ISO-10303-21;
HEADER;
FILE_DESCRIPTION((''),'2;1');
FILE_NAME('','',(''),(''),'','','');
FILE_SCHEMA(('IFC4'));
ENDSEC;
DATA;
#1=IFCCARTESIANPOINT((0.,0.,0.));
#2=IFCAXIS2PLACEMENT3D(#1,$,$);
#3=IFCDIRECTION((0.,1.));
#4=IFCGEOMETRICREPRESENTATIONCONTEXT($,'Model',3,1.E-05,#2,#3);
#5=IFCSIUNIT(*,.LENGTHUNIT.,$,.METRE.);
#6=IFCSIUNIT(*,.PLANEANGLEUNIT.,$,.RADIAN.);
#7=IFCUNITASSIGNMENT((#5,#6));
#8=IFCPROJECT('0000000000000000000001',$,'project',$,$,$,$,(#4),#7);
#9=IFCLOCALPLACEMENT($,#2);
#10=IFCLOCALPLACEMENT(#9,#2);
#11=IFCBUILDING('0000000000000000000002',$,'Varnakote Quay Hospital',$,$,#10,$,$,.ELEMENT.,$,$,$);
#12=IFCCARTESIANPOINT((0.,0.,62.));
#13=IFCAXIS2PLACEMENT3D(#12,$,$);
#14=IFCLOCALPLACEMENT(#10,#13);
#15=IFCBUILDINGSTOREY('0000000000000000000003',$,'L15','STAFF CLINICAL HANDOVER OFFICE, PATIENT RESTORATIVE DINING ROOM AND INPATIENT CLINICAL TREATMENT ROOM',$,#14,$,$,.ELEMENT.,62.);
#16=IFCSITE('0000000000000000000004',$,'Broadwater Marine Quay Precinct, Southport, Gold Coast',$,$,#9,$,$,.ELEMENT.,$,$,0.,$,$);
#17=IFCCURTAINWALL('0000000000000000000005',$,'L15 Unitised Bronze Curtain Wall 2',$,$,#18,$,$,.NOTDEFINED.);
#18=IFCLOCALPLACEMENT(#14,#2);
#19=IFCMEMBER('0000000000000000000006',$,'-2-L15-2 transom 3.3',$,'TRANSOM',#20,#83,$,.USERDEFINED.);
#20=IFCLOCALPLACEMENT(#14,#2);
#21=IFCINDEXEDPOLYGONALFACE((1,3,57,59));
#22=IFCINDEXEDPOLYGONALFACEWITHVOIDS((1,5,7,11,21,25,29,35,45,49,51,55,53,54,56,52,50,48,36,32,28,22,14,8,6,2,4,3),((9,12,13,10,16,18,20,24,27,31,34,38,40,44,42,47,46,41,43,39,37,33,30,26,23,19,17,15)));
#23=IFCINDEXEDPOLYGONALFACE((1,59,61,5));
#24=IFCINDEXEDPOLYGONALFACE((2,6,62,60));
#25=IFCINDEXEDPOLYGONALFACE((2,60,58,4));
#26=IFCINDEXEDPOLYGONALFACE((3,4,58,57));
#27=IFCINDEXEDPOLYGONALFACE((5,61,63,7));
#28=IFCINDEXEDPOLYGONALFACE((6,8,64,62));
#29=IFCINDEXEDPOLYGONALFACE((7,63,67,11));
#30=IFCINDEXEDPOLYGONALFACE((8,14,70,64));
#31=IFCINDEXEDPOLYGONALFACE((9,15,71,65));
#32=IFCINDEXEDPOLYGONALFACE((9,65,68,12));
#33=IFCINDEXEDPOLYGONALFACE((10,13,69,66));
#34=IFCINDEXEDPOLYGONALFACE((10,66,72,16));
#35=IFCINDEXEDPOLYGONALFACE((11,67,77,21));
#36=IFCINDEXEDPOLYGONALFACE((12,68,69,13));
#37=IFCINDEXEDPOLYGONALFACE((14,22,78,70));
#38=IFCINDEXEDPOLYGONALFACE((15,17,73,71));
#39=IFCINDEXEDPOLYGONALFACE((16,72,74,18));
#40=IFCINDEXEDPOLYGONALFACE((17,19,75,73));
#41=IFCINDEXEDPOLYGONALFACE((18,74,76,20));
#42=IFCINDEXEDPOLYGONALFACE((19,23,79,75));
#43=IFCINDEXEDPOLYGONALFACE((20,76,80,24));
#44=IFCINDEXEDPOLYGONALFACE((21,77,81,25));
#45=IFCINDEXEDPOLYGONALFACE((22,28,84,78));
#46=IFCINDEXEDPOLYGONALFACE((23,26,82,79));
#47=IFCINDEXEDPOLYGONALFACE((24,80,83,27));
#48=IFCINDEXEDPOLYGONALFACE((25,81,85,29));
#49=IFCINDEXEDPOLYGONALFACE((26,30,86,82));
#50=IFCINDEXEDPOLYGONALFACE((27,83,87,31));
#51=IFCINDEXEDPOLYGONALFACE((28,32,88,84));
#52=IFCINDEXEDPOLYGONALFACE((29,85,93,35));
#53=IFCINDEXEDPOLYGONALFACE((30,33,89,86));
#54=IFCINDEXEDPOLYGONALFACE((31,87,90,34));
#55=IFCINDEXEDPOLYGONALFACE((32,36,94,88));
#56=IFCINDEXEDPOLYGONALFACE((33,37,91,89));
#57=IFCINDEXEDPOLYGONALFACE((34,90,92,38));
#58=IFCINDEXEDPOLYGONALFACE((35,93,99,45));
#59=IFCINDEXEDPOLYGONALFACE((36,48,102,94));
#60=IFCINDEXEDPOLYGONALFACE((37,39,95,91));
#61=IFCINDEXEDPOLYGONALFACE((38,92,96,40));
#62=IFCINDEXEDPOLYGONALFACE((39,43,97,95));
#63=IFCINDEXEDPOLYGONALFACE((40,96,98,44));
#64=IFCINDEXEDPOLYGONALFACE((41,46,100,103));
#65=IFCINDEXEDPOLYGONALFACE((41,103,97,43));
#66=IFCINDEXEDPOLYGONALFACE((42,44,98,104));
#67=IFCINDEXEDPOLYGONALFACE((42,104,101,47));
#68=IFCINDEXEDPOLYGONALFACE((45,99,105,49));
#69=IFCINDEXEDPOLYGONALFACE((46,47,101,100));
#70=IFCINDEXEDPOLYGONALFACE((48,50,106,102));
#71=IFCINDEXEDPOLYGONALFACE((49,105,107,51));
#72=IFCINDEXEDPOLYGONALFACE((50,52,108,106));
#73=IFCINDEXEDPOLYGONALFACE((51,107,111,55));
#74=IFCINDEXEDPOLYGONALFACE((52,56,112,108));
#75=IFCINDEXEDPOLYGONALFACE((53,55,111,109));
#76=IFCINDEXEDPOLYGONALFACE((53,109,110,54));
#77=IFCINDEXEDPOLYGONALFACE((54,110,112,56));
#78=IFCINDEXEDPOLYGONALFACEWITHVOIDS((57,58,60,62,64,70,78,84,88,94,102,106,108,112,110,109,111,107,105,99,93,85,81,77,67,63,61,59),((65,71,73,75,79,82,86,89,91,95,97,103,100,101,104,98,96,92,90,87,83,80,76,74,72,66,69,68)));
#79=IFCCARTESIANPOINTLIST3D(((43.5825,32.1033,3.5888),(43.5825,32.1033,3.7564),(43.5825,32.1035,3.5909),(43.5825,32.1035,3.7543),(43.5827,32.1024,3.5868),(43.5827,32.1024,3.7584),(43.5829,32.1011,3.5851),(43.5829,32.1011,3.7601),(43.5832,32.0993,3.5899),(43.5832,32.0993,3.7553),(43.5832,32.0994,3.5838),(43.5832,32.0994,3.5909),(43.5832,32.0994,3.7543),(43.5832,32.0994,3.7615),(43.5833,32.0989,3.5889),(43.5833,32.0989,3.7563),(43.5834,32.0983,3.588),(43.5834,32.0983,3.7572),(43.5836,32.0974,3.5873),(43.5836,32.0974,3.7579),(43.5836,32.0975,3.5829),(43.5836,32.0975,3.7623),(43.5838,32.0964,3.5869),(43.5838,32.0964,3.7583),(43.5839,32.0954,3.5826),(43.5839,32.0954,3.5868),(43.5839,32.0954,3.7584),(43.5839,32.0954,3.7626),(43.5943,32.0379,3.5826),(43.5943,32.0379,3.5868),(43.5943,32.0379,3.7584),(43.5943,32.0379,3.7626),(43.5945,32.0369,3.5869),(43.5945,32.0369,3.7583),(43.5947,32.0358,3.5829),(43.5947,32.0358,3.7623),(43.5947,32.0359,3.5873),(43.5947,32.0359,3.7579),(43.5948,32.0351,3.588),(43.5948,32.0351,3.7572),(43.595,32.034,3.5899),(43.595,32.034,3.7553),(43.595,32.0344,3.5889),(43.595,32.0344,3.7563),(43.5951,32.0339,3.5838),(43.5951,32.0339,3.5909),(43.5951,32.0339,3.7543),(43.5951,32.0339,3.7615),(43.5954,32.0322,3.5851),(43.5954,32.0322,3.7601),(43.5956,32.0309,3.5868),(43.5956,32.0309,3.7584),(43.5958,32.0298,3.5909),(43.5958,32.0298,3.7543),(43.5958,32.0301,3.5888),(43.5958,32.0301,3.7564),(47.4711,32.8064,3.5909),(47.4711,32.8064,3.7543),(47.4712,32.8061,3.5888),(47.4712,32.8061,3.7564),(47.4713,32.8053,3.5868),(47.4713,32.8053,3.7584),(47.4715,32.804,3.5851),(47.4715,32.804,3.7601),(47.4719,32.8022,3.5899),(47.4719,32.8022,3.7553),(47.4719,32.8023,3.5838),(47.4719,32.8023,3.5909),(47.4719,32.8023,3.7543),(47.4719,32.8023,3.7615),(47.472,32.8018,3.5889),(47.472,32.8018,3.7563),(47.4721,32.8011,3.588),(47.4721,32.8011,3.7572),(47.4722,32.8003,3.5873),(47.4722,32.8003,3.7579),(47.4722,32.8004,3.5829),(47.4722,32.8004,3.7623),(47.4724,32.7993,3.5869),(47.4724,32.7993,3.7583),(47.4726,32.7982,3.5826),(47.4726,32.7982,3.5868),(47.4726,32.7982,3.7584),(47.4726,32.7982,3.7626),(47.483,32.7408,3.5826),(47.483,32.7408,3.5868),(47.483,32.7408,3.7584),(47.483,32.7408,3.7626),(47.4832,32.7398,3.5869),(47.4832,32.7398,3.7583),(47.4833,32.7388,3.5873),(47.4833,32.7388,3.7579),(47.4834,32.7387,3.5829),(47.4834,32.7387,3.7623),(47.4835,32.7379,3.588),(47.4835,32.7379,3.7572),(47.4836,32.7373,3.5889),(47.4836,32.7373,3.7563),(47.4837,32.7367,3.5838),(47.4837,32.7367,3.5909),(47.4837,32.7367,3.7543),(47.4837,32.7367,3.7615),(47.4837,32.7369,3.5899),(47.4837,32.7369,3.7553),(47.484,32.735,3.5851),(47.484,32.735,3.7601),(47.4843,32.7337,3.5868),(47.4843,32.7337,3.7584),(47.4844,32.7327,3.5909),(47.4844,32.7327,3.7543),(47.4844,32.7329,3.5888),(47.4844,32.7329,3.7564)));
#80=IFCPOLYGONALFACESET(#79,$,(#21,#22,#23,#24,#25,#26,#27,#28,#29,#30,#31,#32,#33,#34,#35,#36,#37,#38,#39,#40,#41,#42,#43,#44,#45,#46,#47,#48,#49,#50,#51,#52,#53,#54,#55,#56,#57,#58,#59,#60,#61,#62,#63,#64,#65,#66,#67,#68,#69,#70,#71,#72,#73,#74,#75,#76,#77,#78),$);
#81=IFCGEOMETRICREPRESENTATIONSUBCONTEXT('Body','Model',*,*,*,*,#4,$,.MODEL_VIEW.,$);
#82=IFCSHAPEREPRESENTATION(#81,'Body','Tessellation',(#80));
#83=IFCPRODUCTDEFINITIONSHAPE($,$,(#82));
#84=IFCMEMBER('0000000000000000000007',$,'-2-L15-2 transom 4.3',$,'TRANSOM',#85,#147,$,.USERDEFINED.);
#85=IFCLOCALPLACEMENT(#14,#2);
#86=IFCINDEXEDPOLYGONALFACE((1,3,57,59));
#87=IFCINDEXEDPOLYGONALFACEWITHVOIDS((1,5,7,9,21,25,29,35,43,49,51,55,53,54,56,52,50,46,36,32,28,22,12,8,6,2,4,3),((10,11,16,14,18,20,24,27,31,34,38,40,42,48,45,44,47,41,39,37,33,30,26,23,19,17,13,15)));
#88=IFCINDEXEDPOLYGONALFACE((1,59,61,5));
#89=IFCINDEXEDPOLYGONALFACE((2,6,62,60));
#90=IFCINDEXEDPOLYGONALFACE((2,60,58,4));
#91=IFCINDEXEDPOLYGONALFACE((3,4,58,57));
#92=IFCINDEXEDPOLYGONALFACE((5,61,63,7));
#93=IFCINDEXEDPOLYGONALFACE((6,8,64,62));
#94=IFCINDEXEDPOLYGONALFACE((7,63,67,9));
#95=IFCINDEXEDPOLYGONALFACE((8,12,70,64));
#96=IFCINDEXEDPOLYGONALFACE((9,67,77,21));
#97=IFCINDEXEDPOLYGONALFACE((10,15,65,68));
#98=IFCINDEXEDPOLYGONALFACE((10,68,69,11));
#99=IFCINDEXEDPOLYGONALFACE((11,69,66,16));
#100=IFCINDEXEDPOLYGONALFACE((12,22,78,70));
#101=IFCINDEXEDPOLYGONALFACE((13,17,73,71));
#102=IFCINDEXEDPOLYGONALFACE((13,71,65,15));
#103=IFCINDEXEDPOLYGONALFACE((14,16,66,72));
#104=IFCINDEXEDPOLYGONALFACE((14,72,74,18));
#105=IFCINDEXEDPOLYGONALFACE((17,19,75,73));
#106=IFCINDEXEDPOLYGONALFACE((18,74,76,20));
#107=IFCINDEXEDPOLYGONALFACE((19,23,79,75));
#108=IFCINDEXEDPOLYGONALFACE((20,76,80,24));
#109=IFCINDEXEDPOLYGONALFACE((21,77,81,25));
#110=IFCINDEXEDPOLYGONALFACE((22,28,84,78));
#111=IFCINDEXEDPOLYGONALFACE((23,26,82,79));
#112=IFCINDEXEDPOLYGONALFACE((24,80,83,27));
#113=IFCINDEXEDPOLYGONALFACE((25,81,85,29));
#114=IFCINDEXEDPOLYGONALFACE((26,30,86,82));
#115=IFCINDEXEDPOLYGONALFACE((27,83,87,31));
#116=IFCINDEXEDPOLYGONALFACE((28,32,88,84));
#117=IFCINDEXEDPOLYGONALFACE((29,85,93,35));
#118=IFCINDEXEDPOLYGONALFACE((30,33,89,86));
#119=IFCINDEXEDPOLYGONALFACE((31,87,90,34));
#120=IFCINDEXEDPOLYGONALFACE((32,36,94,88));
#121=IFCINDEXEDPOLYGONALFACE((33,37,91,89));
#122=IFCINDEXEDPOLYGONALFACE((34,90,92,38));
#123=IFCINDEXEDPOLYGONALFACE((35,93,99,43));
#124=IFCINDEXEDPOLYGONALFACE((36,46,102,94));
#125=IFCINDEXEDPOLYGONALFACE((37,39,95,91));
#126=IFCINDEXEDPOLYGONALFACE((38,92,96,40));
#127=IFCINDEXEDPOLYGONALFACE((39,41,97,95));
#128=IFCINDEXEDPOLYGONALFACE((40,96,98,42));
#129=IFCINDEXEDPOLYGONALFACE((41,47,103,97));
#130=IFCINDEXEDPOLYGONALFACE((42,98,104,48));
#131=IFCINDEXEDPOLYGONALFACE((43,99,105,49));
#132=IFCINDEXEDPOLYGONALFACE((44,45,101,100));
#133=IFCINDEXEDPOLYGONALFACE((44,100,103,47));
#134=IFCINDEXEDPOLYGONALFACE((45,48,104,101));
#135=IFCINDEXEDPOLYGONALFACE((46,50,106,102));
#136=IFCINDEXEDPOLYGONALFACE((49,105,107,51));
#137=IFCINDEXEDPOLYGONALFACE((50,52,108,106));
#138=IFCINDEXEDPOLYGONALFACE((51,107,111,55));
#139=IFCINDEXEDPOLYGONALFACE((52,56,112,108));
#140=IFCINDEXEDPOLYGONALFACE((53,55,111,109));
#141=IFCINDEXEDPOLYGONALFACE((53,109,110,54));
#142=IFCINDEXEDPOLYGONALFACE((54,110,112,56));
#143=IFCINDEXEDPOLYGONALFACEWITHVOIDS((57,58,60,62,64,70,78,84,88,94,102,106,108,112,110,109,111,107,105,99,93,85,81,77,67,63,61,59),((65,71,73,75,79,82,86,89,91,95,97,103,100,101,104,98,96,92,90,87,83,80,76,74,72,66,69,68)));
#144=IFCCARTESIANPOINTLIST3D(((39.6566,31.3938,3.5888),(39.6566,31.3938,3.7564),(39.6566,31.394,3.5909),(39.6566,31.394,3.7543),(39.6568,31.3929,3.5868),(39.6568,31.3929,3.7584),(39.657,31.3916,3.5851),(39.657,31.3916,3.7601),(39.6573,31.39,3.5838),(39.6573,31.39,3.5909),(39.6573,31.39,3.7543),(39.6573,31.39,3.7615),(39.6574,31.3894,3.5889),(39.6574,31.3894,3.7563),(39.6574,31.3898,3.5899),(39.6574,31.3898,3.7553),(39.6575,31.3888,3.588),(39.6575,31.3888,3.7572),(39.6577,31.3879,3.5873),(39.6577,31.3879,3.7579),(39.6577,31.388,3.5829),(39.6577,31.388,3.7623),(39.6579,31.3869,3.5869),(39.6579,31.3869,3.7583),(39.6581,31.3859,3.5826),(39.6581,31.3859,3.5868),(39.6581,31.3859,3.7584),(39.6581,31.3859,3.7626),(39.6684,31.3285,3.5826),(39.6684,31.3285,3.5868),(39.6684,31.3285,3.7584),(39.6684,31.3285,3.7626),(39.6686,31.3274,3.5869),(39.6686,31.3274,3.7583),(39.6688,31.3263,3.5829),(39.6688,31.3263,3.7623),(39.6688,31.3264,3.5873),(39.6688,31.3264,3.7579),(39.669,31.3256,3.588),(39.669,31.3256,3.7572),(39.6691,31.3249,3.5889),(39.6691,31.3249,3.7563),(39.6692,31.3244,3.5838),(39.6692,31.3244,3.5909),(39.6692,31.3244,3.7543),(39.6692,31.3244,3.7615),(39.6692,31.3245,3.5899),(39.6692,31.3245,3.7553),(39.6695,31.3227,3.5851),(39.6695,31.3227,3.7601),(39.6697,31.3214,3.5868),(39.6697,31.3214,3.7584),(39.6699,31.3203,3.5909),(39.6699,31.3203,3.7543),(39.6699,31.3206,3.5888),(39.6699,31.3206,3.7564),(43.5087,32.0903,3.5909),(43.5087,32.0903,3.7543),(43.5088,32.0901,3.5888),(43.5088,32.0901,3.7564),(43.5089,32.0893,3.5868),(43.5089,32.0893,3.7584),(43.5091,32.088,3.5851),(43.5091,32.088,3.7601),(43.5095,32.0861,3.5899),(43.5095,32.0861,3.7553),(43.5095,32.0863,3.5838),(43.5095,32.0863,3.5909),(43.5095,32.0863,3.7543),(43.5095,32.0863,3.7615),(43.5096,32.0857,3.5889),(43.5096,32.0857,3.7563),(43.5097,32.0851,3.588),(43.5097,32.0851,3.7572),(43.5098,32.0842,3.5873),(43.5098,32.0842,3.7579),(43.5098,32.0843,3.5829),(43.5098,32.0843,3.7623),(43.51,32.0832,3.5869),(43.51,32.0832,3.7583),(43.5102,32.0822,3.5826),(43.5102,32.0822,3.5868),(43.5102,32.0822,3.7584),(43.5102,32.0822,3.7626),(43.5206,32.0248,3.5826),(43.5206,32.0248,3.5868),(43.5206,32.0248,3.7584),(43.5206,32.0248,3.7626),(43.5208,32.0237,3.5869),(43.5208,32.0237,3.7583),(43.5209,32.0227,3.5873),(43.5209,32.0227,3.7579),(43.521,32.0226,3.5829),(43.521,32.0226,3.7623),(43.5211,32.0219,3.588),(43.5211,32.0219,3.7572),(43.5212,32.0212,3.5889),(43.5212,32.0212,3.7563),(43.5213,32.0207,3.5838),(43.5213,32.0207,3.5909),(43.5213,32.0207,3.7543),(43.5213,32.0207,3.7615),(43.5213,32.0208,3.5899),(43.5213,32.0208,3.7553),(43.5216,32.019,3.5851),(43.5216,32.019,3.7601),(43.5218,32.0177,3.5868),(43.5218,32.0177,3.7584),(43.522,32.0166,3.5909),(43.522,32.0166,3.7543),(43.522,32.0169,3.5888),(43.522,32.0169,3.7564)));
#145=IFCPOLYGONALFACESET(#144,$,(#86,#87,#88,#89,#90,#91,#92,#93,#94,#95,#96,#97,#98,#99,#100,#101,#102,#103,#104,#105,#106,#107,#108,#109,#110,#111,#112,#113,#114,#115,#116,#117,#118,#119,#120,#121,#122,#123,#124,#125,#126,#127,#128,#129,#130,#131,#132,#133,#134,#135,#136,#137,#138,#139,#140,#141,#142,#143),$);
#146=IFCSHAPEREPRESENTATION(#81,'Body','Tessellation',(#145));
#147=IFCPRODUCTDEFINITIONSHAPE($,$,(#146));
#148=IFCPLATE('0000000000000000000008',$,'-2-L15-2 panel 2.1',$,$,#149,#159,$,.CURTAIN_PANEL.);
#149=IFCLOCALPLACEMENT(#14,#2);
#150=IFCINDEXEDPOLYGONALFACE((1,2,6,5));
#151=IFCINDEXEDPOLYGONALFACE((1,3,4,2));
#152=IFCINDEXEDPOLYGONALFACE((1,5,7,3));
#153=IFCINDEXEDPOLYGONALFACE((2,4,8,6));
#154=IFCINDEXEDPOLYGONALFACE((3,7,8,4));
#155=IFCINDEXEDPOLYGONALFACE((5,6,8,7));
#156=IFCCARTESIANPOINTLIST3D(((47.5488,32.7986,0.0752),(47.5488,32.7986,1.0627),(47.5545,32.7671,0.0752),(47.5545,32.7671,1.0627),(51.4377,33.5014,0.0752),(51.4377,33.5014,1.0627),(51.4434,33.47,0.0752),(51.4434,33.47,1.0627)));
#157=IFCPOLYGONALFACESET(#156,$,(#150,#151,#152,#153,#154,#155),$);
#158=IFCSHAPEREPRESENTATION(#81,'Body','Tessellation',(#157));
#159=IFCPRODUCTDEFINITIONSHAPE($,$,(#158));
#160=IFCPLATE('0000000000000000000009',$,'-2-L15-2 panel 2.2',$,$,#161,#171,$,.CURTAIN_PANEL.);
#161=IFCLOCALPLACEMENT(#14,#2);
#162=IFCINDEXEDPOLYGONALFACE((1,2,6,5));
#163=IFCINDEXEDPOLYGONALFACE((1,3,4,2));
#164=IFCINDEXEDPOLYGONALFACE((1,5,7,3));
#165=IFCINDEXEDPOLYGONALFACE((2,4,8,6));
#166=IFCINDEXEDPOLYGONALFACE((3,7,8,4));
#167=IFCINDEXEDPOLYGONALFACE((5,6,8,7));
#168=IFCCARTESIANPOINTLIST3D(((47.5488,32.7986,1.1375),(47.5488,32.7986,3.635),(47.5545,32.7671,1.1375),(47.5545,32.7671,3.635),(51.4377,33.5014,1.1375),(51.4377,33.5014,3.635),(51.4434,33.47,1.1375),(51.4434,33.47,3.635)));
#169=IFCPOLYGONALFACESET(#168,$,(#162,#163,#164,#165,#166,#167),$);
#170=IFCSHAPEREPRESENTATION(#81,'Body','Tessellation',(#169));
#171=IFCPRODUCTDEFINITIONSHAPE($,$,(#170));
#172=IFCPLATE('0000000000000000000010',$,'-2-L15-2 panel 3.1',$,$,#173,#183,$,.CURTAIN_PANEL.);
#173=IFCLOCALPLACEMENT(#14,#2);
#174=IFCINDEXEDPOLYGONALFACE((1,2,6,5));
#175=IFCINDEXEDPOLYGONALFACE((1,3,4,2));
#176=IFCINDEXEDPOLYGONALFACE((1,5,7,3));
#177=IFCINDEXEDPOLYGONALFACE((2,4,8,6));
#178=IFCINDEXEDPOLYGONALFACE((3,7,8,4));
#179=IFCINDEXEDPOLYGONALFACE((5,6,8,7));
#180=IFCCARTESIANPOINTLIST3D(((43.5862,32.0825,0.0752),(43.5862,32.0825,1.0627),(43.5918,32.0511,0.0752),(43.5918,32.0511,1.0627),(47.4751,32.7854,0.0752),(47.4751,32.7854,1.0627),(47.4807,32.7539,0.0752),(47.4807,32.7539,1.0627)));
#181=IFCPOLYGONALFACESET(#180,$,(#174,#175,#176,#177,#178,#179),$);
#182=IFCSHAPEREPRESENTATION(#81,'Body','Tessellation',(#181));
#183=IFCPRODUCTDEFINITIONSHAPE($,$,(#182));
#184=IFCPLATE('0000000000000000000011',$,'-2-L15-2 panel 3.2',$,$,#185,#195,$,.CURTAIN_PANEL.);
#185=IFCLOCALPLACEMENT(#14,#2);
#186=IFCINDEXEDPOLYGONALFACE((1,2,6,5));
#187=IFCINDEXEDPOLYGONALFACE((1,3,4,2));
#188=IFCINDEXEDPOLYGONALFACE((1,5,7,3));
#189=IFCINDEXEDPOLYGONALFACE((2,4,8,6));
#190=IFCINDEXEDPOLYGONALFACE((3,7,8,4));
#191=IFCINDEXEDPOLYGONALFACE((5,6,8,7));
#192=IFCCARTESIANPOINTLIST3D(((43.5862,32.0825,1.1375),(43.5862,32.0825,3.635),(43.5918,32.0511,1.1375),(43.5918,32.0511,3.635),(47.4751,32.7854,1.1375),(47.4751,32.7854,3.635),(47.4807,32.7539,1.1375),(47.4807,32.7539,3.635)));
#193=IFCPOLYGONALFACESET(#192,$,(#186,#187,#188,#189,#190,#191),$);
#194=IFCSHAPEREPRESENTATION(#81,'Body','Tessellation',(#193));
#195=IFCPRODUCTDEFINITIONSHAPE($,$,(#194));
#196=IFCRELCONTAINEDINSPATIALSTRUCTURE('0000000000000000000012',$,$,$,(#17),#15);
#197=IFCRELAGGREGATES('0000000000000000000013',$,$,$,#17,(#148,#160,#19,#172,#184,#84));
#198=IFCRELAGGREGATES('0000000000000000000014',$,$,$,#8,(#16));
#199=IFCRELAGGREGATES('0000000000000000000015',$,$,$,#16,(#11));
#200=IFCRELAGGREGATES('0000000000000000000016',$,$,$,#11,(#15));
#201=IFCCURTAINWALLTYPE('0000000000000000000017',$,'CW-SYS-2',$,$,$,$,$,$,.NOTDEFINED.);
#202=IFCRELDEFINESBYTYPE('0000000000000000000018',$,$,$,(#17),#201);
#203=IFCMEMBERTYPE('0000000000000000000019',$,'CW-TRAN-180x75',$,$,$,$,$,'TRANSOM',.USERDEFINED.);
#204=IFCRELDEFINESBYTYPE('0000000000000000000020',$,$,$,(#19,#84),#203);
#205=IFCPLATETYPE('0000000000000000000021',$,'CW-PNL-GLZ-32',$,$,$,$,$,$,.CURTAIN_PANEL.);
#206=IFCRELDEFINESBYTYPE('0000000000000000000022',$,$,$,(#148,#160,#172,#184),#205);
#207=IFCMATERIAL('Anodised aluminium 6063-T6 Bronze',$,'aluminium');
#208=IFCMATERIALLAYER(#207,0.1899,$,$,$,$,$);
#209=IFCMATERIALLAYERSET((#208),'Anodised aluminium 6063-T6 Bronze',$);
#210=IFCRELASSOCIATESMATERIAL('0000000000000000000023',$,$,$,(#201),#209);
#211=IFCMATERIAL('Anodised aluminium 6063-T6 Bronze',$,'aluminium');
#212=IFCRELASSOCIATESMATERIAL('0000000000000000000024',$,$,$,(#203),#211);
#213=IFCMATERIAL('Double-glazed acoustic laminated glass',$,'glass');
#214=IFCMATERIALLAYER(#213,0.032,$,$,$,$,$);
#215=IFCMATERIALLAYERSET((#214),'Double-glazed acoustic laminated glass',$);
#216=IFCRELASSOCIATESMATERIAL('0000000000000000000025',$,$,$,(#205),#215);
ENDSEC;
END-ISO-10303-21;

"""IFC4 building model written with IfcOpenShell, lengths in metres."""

from ifc_helpers import new_model, si_unit, direction, frame, origin, origin_2d, place, context, subcontext, project, spatial, rectangle, hollow_rectangle, extrude, material, layer, layer_set, material_profile, profile_set, type_object, element, aggregate, save


model = new_model("IFC4")

# Units and contexts
model_context = context("Model", 3, precision=1e-05, world=origin(), true_north=direction((0.0, 1.0)))
body_context = subcontext(model_context, "Body", "Model", "MODEL_VIEW")
ifc_project = project(units=[si_unit("LENGTHUNIT", "METRE"), si_unit("PLANEANGLEUNIT", "RADIAN")], contexts=[model_context])

# Site, building, storey
site_placement = place(None, origin())
site = spatial("IfcSite", under=ifc_project, at=site_placement, Name="Broadwater Marine Quay Precinct, Southport, Gold Coast", CompositionType="ELEMENT", RefElevation=0.0)
building_placement = place(site_placement, origin())
building = spatial("IfcBuilding", under=site, at=building_placement, Name="Varnakote Quay Hospital", CompositionType="ELEMENT")
storey_placement = place(building_placement, frame((0.0, 0.0, 62.0)))
storey = spatial("IfcBuildingStorey", under=building, at=storey_placement, Name="L15", Description="STAFF CLINICAL HANDOVER OFFICE, PATIENT RESTORATIVE DINING ROOM AND INPATIENT CLINICAL TREATMENT ROOM", CompositionType="ELEMENT", Elevation=62.0)

# Curtain wall, members, plates
ifc_material_1 = material(Name="Anodised aluminium 6063-T6 Bronze", Category="aluminium")
ifc_layer_1 = layer(ifc_material_1, 0.1899)
ifc_layer_set_1 = layer_set([ifc_layer_1], Name="Anodised aluminium 6063-T6 Bronze")
curtain_wall_type = type_object("IfcCurtainWallType", Name="CW-SYS-2", PredefinedType="NOTDEFINED", material=ifc_layer_set_1)
curtain_wall_placement = place(storey_placement, origin())
curtain_wall = element("IfcCurtainWall", 1, at=curtain_wall_placement, inside=storey, type_object=curtain_wall_type, Name="L15 Unitised Bronze Curtain Wall 2", PredefinedType="NOTDEFINED")
ifc_material_2 = material(Name="Anodised aluminium 6063-T6 Bronze", Category="aluminium")
ifc_material_profile_1 = material_profile(ifc_material_2, hollow_rectangle(XDim=0.075, YDim=0.1799, WallThickness=0.0042, InnerFilletRadius=0.0042, OuterFilletRadius=0.0083, at=origin_2d()), Name="CW-TRAN-180x75")
ifc_profile_set_1 = profile_set([ifc_material_profile_1], Name="Anodised aluminium 6063-T6 Bronze")
member_type_1 = type_object("IfcMemberType", Name="CW-TRAN-180x75", ElementType="TRANSOM", PredefinedType="USERDEFINED", material=ifc_profile_set_1)
member_1_placement = place(storey_placement, frame((47.4778, 32.7695, 3.6726), z_axis=(-0.984054, -0.177869, 0.0), x_axis=(0.177869, -0.984054, 0.0)))
member_1 = element("IfcMember", 2, at=member_1_placement, type_object=member_type_1, Name="-2-L15-2 transom 3.3", ObjectType="TRANSOM", PredefinedType="USERDEFINED", context=body_context, shape_type="SweptSolid", body=[
    extrude(hollow_rectangle(XDim=0.075, YDim=0.1799, WallThickness=0.0042, InnerFilletRadius=0.0042, OuterFilletRadius=0.0083, at=origin_2d()), origin(), (0.0, 0.0, 1.0), 3.9517),
])
member_2_placement = place(storey_placement, frame((43.5154, 32.0535, 3.6726), z_axis=(-0.984053, -0.177875, 0.0), x_axis=(0.177875, -0.984053, 0.0)))
member_2 = element("IfcMember", 3, at=member_2_placement, type_object=member_type_1, Name="-2-L15-2 transom 4.3", ObjectType="TRANSOM", PredefinedType="USERDEFINED", context=body_context, shape_type="SweptSolid", body=[
    extrude(hollow_rectangle(XDim=0.075, YDim=0.1799, WallThickness=0.0042, InnerFilletRadius=0.0042, OuterFilletRadius=0.0083, at=origin_2d()), origin(), (0.0, 0.0, 1.0), 3.9146),
])
ifc_material_3 = material(Name="Double-glazed acoustic laminated glass", Category="glass")
ifc_layer_2 = layer(ifc_material_3, 0.032)
ifc_layer_set_2 = layer_set([ifc_layer_2], Name="Double-glazed acoustic laminated glass")
plate_type = type_object("IfcPlateType", Name="CW-PNL-GLZ-32", PredefinedType="CURTAIN_PANEL", material=ifc_layer_set_2)
plate_1_placement = place(storey_placement, frame((49.4961, 33.1343, 0.0752), z_axis=(0.0, 0.0, 1.0), x_axis=(-0.984058, -0.177846, 0.0)))
plate_1 = element("IfcPlate", 4, at=plate_1_placement, type_object=plate_type, Name="-2-L15-2 panel 2.1", PredefinedType="CURTAIN_PANEL", context=body_context, shape_type="SweptSolid", body=[
    extrude(rectangle(XDim=3.9519, YDim=0.032, at=origin_2d()), origin(), (0.0, 0.0, 1.0), 0.9875),
])
plate_2_placement = place(storey_placement, frame((49.4961, 33.1343, 1.1375), z_axis=(0.0, 0.0, 1.0), x_axis=(-0.984058, -0.177846, 0.0)))
plate_2 = element("IfcPlate", 5, at=plate_2_placement, type_object=plate_type, Name="-2-L15-2 panel 2.2", PredefinedType="CURTAIN_PANEL", context=body_context, shape_type="SweptSolid", body=[
    extrude(rectangle(XDim=3.9519, YDim=0.032, at=origin_2d()), origin(), (0.0, 0.0, 1.0), 2.4976),
])
plate_3_placement = place(storey_placement, frame((45.5334, 32.4182, 0.0752), z_axis=(0.0, 0.0, 1.0), x_axis=(-0.984058, -0.177846, 0.0)))
plate_3 = element("IfcPlate", 6, at=plate_3_placement, type_object=plate_type, Name="-2-L15-2 panel 3.1", PredefinedType="CURTAIN_PANEL", context=body_context, shape_type="SweptSolid", body=[
    extrude(rectangle(XDim=3.9519, YDim=0.032, at=origin_2d()), origin(), (0.0, 0.0, 1.0), 0.9875),
])
plate_4_placement = place(storey_placement, frame((45.5334, 32.4182, 1.1375), z_axis=(0.0, 0.0, 1.0), x_axis=(-0.984058, -0.177846, 0.0)))
plate_4 = element("IfcPlate", 7, at=plate_4_placement, type_object=plate_type, Name="-2-L15-2 panel 3.2", PredefinedType="CURTAIN_PANEL", context=body_context, shape_type="SweptSolid", body=[
    extrude(rectangle(XDim=3.9519, YDim=0.032, at=origin_2d()), origin(), (0.0, 0.0, 1.0), 2.4976),
])
aggregate(curtain_wall, [plate_1, plate_2, member_1, plate_3, plate_4, member_2])

save(model, "model.ifc")
